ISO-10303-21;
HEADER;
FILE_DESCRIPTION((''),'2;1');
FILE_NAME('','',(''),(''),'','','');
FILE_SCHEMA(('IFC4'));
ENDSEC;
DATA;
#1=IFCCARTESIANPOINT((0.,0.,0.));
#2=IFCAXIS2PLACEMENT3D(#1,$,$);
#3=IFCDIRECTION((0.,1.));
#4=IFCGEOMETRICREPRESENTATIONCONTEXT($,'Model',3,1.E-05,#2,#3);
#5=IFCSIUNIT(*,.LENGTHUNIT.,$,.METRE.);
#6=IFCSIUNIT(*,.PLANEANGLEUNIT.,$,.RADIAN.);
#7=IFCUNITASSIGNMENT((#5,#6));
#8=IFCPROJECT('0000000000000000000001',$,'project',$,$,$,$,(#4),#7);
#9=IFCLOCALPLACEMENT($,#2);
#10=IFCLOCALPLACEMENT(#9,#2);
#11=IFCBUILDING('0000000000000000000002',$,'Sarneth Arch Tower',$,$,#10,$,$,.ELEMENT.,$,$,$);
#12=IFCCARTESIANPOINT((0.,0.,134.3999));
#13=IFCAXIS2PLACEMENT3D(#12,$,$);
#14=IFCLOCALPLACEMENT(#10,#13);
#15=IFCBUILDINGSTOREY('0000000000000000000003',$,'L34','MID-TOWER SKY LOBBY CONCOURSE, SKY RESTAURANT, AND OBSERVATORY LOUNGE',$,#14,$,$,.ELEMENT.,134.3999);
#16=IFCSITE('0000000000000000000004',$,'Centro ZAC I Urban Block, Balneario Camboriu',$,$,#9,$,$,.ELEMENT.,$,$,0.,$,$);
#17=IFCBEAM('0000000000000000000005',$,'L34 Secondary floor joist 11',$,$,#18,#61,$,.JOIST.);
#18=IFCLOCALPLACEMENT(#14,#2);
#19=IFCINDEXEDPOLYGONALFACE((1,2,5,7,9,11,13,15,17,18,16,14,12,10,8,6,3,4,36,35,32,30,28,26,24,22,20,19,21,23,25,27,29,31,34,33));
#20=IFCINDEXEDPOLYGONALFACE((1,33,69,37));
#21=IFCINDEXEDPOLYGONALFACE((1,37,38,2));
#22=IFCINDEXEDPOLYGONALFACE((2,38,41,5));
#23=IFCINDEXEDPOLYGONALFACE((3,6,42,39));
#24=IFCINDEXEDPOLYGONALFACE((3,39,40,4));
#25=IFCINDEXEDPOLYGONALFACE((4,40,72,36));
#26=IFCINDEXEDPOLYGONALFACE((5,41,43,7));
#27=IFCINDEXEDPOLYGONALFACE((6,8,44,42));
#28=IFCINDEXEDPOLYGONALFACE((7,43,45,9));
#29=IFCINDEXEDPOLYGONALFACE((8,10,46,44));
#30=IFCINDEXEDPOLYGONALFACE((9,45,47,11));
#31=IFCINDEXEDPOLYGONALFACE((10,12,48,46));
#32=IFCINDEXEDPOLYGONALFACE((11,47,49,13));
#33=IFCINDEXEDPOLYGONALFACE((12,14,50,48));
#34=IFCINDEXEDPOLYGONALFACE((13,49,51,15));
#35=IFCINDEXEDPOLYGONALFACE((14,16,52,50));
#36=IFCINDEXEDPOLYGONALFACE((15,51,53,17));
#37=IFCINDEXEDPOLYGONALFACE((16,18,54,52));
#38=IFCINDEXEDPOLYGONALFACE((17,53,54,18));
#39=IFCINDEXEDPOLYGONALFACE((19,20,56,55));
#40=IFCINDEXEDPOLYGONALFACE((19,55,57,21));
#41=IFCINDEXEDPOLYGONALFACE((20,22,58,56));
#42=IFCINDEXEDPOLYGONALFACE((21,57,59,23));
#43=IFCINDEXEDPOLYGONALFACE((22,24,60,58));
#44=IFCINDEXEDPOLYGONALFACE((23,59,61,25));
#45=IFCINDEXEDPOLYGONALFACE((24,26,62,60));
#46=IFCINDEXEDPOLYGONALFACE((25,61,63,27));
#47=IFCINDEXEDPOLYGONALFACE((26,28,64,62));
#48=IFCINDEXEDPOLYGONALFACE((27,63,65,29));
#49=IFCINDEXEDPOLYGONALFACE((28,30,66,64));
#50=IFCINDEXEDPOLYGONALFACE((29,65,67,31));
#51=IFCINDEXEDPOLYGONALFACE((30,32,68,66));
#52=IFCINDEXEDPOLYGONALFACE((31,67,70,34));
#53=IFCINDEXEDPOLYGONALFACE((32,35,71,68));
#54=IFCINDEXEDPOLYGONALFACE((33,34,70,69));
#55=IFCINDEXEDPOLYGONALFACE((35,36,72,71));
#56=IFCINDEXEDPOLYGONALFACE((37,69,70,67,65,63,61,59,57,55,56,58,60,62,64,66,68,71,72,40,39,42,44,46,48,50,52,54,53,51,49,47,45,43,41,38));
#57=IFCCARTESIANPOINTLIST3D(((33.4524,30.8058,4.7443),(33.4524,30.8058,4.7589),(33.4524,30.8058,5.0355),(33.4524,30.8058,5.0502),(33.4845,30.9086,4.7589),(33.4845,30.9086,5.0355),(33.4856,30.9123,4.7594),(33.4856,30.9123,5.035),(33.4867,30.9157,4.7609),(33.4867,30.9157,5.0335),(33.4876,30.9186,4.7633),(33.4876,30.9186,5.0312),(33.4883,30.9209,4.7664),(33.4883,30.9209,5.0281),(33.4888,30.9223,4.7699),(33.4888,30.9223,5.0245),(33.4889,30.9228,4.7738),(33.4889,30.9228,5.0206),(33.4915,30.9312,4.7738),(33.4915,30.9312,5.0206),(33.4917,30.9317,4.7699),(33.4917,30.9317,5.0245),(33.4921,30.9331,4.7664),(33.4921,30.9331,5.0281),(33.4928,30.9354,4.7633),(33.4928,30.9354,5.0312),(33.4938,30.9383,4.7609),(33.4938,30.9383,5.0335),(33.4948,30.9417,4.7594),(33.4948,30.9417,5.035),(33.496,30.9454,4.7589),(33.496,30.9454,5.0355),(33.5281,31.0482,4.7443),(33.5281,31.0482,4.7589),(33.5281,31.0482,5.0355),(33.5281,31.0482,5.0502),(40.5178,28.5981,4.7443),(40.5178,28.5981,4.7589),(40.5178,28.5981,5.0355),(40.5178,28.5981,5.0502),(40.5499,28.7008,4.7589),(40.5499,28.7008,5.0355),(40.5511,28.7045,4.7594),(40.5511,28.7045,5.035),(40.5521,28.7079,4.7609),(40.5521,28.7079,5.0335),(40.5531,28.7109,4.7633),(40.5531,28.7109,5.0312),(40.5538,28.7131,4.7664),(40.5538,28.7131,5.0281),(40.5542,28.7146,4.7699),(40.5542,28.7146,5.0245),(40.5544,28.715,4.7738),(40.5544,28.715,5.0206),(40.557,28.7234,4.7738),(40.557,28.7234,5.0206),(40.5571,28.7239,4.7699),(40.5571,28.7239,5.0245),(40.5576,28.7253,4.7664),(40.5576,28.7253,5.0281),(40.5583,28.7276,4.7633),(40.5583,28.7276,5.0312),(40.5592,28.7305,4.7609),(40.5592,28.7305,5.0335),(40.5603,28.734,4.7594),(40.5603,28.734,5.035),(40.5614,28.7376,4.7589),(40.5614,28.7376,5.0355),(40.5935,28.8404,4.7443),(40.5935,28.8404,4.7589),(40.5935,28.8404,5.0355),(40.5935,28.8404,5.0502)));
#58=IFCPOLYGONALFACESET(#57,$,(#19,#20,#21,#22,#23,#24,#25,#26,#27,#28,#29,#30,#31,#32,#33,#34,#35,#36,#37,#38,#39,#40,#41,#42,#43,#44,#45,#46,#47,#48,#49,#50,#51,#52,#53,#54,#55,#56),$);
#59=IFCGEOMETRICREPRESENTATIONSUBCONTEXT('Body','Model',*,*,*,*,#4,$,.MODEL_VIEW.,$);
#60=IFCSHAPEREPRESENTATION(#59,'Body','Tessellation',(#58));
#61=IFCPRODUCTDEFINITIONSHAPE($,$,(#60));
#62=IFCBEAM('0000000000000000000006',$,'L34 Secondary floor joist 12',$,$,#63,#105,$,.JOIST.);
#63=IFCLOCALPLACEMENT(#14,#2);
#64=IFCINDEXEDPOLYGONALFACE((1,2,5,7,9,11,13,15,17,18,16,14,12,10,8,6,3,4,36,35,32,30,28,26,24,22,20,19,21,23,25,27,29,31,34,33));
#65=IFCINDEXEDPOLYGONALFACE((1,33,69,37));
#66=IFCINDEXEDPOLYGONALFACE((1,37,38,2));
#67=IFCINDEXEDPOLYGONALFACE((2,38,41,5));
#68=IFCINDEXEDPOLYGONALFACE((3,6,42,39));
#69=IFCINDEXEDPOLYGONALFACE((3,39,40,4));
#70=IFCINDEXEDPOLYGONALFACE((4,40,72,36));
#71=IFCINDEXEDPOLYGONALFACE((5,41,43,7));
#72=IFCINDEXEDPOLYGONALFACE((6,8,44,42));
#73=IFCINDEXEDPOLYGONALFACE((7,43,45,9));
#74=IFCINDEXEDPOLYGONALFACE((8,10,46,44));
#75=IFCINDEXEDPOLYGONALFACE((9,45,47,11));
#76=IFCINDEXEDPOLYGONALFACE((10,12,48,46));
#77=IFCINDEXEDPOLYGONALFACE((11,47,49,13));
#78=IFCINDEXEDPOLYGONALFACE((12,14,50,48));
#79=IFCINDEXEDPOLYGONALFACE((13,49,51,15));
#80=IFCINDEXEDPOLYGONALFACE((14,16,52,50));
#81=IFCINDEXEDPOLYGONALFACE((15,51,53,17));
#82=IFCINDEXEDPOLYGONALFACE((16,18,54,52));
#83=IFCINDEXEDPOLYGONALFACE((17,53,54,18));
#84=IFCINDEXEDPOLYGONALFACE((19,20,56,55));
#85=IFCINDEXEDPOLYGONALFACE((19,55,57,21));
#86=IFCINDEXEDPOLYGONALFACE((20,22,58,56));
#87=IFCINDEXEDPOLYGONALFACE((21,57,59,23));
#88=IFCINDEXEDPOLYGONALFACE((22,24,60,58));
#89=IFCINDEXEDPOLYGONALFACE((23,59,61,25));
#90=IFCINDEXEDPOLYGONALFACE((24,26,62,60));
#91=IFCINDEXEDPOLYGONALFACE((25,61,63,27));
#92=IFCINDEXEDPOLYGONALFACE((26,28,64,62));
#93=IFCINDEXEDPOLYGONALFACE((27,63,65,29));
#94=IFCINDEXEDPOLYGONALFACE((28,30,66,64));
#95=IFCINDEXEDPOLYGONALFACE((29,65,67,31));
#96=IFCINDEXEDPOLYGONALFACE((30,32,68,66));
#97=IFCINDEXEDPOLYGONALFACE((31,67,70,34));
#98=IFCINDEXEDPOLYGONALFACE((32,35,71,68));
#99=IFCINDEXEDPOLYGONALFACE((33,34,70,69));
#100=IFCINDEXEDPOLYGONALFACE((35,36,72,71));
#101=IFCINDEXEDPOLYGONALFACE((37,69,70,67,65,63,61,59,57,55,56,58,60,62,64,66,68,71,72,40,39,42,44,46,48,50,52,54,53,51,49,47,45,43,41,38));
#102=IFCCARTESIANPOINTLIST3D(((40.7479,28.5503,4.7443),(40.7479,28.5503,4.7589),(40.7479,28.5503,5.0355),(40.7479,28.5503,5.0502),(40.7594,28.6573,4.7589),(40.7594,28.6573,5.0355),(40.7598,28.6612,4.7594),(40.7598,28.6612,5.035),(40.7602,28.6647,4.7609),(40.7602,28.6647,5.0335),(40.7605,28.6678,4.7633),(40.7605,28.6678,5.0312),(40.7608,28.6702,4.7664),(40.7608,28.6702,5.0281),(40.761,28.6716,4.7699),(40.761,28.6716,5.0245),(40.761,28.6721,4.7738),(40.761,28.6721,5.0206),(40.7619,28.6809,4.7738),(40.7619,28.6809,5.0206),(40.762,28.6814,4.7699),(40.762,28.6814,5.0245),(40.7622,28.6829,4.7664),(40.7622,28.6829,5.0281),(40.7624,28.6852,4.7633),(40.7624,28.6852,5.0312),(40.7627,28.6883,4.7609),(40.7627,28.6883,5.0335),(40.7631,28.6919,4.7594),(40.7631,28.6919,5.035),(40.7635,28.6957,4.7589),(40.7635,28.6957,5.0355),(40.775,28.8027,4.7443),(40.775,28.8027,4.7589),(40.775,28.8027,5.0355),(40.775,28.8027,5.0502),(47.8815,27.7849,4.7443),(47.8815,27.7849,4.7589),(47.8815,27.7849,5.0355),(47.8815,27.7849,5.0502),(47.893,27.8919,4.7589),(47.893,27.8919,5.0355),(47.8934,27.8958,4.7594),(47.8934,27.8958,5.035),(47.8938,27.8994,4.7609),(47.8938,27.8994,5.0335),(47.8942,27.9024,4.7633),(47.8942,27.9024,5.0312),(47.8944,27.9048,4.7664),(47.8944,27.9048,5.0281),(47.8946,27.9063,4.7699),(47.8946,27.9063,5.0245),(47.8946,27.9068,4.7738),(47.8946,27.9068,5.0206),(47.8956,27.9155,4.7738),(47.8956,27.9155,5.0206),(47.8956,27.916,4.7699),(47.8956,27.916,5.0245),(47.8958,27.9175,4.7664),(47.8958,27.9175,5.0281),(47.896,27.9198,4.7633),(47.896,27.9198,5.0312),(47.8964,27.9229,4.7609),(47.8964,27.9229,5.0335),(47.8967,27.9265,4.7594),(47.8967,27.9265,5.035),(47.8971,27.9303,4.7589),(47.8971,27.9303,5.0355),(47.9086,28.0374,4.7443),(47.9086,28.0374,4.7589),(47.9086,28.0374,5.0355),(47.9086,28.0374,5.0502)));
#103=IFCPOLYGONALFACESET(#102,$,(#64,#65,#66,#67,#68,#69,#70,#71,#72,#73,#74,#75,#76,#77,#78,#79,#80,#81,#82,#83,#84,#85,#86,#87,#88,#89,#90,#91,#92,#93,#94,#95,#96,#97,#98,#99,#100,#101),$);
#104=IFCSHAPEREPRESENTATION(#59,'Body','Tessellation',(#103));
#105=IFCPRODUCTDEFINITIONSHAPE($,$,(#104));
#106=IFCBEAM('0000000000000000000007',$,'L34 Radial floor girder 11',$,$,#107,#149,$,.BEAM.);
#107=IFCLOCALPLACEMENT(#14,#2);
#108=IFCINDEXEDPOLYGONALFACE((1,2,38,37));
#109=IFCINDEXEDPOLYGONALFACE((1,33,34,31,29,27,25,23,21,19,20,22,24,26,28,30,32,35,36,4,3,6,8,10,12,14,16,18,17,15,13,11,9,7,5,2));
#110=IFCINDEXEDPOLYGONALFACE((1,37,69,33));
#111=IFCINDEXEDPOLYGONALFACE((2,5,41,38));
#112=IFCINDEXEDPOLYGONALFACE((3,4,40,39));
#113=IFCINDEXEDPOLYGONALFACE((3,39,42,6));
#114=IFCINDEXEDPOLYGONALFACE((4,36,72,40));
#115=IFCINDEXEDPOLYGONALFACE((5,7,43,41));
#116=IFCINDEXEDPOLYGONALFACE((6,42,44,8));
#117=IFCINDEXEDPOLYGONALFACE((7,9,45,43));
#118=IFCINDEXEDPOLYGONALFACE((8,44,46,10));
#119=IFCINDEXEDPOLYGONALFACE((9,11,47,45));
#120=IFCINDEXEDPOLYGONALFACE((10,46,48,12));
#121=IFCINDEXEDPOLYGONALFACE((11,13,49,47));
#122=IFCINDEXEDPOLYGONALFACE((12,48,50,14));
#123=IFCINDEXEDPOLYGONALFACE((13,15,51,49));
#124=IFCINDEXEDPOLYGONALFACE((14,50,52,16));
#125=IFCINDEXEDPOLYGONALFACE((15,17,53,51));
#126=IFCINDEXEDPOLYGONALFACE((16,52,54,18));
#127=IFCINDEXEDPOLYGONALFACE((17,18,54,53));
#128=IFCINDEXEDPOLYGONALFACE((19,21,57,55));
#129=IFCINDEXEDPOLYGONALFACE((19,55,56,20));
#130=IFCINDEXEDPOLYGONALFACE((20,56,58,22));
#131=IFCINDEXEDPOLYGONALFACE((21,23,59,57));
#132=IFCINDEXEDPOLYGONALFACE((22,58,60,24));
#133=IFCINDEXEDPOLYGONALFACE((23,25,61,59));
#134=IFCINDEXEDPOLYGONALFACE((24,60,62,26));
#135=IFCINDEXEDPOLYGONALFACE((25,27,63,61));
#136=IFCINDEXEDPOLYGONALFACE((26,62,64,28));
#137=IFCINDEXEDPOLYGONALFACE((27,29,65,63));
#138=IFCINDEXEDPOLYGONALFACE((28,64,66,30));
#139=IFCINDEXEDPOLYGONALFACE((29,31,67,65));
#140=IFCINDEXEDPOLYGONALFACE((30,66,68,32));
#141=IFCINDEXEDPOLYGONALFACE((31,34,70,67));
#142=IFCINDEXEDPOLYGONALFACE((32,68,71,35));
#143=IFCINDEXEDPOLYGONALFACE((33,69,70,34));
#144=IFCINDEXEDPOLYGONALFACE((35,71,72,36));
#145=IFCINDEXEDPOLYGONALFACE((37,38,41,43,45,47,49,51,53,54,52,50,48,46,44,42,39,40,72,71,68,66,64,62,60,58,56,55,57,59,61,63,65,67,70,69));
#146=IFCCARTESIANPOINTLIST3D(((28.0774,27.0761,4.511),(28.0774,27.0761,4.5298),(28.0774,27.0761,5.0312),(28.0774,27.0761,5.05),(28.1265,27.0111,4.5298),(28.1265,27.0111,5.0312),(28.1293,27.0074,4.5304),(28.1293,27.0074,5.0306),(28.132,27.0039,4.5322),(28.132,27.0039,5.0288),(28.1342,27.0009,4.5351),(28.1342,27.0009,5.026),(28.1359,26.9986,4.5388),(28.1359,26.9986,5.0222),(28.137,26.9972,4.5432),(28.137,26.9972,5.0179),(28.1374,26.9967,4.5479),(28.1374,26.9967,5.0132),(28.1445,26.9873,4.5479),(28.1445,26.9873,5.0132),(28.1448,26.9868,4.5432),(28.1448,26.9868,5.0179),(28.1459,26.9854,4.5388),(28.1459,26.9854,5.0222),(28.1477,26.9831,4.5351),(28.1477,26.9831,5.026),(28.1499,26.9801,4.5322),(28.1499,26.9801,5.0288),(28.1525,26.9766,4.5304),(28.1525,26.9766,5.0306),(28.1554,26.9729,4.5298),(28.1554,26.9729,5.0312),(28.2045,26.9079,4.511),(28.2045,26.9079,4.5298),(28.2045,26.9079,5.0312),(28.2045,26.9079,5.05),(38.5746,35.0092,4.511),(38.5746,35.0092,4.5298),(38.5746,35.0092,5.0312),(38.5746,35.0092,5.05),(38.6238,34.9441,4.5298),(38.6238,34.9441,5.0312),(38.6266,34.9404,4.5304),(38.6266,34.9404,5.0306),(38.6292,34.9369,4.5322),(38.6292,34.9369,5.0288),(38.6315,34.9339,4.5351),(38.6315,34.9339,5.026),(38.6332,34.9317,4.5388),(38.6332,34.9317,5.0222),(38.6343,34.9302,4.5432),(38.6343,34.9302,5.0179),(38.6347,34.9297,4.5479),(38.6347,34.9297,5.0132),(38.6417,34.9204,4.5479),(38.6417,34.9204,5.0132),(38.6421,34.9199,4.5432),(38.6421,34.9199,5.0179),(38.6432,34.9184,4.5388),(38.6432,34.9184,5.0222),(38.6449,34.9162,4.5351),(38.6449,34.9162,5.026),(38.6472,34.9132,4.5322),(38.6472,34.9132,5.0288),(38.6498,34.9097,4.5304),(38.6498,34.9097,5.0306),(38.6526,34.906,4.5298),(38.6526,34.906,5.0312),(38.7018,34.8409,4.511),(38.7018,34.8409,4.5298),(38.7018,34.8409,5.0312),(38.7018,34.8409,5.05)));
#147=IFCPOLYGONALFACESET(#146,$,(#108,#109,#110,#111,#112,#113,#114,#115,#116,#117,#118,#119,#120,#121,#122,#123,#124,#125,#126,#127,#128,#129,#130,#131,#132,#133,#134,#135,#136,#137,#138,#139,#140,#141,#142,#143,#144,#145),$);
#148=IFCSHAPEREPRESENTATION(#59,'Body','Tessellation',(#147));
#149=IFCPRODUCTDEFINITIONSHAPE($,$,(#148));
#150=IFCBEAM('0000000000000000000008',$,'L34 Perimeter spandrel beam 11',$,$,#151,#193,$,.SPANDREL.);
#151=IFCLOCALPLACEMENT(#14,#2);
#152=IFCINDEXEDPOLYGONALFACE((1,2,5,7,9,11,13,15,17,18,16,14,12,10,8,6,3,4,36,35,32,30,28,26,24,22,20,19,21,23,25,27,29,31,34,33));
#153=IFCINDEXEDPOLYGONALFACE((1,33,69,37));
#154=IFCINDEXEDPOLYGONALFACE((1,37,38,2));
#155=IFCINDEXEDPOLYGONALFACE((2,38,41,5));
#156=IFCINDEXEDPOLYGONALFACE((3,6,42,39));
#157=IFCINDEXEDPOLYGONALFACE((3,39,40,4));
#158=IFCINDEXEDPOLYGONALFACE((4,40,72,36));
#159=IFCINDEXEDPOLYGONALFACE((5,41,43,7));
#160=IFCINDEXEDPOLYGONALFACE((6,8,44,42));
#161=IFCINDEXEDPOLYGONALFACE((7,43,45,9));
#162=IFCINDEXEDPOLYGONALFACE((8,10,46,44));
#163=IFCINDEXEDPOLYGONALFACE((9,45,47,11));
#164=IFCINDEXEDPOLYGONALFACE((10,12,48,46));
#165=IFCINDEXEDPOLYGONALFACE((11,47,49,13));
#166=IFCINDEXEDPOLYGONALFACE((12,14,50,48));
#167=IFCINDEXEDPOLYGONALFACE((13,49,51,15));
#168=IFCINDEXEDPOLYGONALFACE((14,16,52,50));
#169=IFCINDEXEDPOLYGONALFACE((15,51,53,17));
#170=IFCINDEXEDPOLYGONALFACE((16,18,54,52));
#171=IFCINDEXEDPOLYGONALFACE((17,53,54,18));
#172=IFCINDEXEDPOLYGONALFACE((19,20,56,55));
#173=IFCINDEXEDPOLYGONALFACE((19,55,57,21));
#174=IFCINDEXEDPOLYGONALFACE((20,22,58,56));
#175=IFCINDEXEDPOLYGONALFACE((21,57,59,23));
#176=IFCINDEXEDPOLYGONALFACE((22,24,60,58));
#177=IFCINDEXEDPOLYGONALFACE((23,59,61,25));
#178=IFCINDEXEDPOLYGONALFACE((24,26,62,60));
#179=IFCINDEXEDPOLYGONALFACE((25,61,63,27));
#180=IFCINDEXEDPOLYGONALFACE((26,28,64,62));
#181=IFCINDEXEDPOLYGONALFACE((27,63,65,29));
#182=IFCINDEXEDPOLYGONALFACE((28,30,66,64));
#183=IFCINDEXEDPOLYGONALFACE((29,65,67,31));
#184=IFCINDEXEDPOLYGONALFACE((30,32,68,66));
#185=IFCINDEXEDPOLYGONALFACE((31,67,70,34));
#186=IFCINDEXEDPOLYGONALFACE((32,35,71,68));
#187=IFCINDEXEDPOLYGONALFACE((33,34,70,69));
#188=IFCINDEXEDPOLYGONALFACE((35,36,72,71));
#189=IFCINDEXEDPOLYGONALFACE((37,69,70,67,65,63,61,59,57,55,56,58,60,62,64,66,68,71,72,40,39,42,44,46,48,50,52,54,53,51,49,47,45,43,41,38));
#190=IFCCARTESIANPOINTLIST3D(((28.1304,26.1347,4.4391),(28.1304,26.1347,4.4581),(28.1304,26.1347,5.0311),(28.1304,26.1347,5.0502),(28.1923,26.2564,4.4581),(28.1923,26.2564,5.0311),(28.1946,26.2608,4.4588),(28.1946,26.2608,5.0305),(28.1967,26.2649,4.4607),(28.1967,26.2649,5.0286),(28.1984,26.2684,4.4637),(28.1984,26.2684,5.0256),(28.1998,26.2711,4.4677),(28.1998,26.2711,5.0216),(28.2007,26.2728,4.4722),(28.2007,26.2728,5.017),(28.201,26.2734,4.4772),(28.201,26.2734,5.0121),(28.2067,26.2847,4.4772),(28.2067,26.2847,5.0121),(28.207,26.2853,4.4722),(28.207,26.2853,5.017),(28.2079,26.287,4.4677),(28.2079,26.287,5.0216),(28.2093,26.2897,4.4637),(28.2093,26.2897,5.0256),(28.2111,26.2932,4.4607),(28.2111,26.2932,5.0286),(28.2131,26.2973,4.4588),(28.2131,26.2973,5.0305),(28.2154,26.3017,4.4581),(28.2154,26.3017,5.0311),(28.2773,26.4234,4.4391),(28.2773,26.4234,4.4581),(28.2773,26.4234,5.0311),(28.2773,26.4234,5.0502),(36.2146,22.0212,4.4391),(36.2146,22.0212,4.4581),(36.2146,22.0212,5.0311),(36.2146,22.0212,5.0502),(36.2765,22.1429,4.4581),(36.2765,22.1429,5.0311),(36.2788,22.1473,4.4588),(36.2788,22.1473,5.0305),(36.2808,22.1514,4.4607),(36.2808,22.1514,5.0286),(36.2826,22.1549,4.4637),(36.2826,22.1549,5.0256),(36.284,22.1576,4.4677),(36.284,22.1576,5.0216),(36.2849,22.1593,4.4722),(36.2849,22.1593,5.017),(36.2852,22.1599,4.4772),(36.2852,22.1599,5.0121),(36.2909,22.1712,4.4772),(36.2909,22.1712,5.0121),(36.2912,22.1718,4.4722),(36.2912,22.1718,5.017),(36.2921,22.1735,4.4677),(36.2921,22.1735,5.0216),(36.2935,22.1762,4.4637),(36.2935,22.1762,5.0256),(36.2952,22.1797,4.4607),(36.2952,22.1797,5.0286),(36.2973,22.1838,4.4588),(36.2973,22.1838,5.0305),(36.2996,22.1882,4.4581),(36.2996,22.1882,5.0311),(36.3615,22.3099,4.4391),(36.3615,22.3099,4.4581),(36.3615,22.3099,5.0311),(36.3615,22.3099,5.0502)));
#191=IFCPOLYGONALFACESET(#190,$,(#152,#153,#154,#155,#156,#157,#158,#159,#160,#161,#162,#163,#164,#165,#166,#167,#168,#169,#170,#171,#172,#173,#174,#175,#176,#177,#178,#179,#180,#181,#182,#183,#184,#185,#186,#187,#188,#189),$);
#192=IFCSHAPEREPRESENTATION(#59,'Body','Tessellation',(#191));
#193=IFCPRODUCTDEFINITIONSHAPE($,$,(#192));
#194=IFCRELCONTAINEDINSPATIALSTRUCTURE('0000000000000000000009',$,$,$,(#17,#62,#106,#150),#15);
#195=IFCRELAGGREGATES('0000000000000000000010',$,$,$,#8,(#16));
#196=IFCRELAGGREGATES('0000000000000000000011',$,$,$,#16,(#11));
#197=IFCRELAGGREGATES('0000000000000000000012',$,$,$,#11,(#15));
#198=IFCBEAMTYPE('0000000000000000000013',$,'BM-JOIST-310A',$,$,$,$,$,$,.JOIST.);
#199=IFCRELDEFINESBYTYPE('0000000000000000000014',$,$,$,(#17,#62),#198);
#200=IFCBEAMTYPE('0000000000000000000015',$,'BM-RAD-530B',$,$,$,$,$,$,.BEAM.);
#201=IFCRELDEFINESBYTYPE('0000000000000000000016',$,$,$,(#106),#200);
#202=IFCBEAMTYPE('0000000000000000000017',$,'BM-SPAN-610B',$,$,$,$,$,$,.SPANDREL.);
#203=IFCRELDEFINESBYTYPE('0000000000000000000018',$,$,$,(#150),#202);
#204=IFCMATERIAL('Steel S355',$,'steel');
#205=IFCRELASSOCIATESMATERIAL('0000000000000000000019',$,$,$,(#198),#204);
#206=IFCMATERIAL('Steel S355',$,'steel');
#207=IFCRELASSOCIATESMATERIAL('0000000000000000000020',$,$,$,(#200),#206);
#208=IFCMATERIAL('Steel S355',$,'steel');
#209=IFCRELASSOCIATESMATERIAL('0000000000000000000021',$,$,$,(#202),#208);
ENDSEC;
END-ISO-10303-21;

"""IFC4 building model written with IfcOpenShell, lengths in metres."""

from ifc_helpers import new_model, si_unit, direction, frame, origin, origin_2d, place, context, subcontext, project, spatial, i_section, extrude, material, material_profile, profile_set, type_object, element, save


model = new_model("IFC4")

# Units and contexts
model_context = context("Model", 3, precision=1e-05, world=origin(), true_north=direction((0.0, 1.0)))
body_context = subcontext(model_context, "Body", "Model", "MODEL_VIEW")
ifc_project = project(units=[si_unit("LENGTHUNIT", "METRE"), si_unit("PLANEANGLEUNIT", "RADIAN")], contexts=[model_context])

# Site, building, storey
site_placement = place(None, origin())
site = spatial("IfcSite", under=ifc_project, at=site_placement, Name="Centro ZAC I Urban Block, Balneario Camboriu", CompositionType="ELEMENT", RefElevation=0.0)
building_placement = place(site_placement, origin())
building = spatial("IfcBuilding", under=site, at=building_placement, Name="Sarneth Arch Tower", CompositionType="ELEMENT")
storey_placement = place(building_placement, frame((0.0, 0.0, 134.3999)))
storey = spatial("IfcBuildingStorey", under=building, at=storey_placement, Name="L34", Description="MID-TOWER SKY LOBBY CONCOURSE, SKY RESTAURANT, AND OBSERVATORY LOUNGE", CompositionType="ELEMENT", Elevation=134.3999)

# Beams
ifc_material_1 = material(Name="Steel S355", Category="steel")
ifc_material_profile_1 = material_profile(ifc_material_1, i_section(OverallWidth=0.2539, OverallDepth=0.3059, WebThickness=0.0088, FlangeThickness=0.0146, FilletRadius=0.0149, at=origin_2d()), Name="W310x79")
ifc_profile_set_1 = profile_set([ifc_material_profile_1], Name="Steel S355")
beam_type_1 = type_object("IfcBeamType", Name="BM-JOIST-310A", PredefinedType="JOIST", material=ifc_profile_set_1)
beam_1_placement = place(storey_placement, frame((33.4902, 30.927, 4.8972), z_axis=(0.954487, -0.298252, 0.0), x_axis=(0.298252, 0.954487, 0.0)))
element("IfcBeam", 1, at=beam_1_placement, inside=storey, type_object=beam_type_1, Name="L34 Secondary floor joist 11", PredefinedType="JOIST", context=body_context, shape_type="SweptSolid", body=[
    extrude(i_section(OverallWidth=0.2539, OverallDepth=0.3059, WebThickness=0.0088, FlangeThickness=0.0146, FilletRadius=0.0149, at=origin_2d()), origin(), (0.0, 0.0, 1.0), 7.4023),
])
beam_2_placement = place(storey_placement, frame((40.7615, 28.6765, 4.8972), z_axis=(0.994293, -0.106681, 0.0), x_axis=(0.106681, 0.994293, 0.0)))
element("IfcBeam", 2, at=beam_2_placement, inside=storey, type_object=beam_type_1, Name="L34 Secondary floor joist 12", PredefinedType="JOIST", context=body_context, shape_type="SweptSolid", body=[
    extrude(i_section(OverallWidth=0.2539, OverallDepth=0.3059, WebThickness=0.0088, FlangeThickness=0.0146, FilletRadius=0.0149, at=origin_2d()), origin(), (0.0, 0.0, 1.0), 7.1746),
])
ifc_material_2 = material(Name="Steel S355", Category="steel")
ifc_material_profile_2 = material_profile(ifc_material_2, i_section(OverallWidth=0.2109, OverallDepth=0.5391, WebThickness=0.0117, FlangeThickness=0.0188, FilletRadius=0.0181, at=origin_2d()), Name="W530x109")
ifc_profile_set_2 = profile_set([ifc_material_profile_2], Name="Steel S355")
beam_type_2 = type_object("IfcBeamType", Name="BM-RAD-530B", PredefinedType="BEAM", material=ifc_profile_set_2)
beam_3_placement = place(storey_placement, frame((38.6382, 34.925, 4.7805), z_axis=(-0.797801, -0.60292, 0.0), x_axis=(0.60292, -0.797801, 0.0)))
element("IfcBeam", 3, at=beam_3_placement, inside=storey, type_object=beam_type_2, Name="L34 Radial floor girder 11", PredefinedType="BEAM", context=body_context, shape_type="SweptSolid", body=[
    extrude(i_section(OverallWidth=0.2109, OverallDepth=0.5391, WebThickness=0.0117, FlangeThickness=0.0188, FilletRadius=0.0181, at=origin_2d()), origin(), (0.0, 0.0, 1.0), 13.1577),
])
ifc_material_3 = material(Name="Steel S355", Category="steel")
ifc_material_profile_3 = material_profile(ifc_material_3, i_section(OverallWidth=0.324, OverallDepth=0.6111, WebThickness=0.0127, FlangeThickness=0.019, FilletRadius=0.019, at=origin_2d()), Name="W610x155")
ifc_profile_set_3 = profile_set([ifc_material_profile_3], Name="Steel S355")
beam_type_3 = type_object("IfcBeamType", Name="BM-SPAN-610B", PredefinedType="SPANDREL", material=ifc_profile_set_3)
beam_4_placement = place(storey_placement, frame((28.2039, 26.2791, 4.7446), z_axis=(0.891256, -0.453501, 0.0), x_axis=(0.453501, 0.891256, 0.0)))
element("IfcBeam", 4, at=beam_4_placement, inside=storey, type_object=beam_type_3, Name="L34 Perimeter spandrel beam 11", PredefinedType="SPANDREL", context=body_context, shape_type="SweptSolid", body=[
    extrude(i_section(OverallWidth=0.324, OverallDepth=0.6111, WebThickness=0.0127, FlangeThickness=0.019, FilletRadius=0.019, at=origin_2d()), origin(), (0.0, 0.0, 1.0), 9.0706),
])

save(model, "model.ifc")
